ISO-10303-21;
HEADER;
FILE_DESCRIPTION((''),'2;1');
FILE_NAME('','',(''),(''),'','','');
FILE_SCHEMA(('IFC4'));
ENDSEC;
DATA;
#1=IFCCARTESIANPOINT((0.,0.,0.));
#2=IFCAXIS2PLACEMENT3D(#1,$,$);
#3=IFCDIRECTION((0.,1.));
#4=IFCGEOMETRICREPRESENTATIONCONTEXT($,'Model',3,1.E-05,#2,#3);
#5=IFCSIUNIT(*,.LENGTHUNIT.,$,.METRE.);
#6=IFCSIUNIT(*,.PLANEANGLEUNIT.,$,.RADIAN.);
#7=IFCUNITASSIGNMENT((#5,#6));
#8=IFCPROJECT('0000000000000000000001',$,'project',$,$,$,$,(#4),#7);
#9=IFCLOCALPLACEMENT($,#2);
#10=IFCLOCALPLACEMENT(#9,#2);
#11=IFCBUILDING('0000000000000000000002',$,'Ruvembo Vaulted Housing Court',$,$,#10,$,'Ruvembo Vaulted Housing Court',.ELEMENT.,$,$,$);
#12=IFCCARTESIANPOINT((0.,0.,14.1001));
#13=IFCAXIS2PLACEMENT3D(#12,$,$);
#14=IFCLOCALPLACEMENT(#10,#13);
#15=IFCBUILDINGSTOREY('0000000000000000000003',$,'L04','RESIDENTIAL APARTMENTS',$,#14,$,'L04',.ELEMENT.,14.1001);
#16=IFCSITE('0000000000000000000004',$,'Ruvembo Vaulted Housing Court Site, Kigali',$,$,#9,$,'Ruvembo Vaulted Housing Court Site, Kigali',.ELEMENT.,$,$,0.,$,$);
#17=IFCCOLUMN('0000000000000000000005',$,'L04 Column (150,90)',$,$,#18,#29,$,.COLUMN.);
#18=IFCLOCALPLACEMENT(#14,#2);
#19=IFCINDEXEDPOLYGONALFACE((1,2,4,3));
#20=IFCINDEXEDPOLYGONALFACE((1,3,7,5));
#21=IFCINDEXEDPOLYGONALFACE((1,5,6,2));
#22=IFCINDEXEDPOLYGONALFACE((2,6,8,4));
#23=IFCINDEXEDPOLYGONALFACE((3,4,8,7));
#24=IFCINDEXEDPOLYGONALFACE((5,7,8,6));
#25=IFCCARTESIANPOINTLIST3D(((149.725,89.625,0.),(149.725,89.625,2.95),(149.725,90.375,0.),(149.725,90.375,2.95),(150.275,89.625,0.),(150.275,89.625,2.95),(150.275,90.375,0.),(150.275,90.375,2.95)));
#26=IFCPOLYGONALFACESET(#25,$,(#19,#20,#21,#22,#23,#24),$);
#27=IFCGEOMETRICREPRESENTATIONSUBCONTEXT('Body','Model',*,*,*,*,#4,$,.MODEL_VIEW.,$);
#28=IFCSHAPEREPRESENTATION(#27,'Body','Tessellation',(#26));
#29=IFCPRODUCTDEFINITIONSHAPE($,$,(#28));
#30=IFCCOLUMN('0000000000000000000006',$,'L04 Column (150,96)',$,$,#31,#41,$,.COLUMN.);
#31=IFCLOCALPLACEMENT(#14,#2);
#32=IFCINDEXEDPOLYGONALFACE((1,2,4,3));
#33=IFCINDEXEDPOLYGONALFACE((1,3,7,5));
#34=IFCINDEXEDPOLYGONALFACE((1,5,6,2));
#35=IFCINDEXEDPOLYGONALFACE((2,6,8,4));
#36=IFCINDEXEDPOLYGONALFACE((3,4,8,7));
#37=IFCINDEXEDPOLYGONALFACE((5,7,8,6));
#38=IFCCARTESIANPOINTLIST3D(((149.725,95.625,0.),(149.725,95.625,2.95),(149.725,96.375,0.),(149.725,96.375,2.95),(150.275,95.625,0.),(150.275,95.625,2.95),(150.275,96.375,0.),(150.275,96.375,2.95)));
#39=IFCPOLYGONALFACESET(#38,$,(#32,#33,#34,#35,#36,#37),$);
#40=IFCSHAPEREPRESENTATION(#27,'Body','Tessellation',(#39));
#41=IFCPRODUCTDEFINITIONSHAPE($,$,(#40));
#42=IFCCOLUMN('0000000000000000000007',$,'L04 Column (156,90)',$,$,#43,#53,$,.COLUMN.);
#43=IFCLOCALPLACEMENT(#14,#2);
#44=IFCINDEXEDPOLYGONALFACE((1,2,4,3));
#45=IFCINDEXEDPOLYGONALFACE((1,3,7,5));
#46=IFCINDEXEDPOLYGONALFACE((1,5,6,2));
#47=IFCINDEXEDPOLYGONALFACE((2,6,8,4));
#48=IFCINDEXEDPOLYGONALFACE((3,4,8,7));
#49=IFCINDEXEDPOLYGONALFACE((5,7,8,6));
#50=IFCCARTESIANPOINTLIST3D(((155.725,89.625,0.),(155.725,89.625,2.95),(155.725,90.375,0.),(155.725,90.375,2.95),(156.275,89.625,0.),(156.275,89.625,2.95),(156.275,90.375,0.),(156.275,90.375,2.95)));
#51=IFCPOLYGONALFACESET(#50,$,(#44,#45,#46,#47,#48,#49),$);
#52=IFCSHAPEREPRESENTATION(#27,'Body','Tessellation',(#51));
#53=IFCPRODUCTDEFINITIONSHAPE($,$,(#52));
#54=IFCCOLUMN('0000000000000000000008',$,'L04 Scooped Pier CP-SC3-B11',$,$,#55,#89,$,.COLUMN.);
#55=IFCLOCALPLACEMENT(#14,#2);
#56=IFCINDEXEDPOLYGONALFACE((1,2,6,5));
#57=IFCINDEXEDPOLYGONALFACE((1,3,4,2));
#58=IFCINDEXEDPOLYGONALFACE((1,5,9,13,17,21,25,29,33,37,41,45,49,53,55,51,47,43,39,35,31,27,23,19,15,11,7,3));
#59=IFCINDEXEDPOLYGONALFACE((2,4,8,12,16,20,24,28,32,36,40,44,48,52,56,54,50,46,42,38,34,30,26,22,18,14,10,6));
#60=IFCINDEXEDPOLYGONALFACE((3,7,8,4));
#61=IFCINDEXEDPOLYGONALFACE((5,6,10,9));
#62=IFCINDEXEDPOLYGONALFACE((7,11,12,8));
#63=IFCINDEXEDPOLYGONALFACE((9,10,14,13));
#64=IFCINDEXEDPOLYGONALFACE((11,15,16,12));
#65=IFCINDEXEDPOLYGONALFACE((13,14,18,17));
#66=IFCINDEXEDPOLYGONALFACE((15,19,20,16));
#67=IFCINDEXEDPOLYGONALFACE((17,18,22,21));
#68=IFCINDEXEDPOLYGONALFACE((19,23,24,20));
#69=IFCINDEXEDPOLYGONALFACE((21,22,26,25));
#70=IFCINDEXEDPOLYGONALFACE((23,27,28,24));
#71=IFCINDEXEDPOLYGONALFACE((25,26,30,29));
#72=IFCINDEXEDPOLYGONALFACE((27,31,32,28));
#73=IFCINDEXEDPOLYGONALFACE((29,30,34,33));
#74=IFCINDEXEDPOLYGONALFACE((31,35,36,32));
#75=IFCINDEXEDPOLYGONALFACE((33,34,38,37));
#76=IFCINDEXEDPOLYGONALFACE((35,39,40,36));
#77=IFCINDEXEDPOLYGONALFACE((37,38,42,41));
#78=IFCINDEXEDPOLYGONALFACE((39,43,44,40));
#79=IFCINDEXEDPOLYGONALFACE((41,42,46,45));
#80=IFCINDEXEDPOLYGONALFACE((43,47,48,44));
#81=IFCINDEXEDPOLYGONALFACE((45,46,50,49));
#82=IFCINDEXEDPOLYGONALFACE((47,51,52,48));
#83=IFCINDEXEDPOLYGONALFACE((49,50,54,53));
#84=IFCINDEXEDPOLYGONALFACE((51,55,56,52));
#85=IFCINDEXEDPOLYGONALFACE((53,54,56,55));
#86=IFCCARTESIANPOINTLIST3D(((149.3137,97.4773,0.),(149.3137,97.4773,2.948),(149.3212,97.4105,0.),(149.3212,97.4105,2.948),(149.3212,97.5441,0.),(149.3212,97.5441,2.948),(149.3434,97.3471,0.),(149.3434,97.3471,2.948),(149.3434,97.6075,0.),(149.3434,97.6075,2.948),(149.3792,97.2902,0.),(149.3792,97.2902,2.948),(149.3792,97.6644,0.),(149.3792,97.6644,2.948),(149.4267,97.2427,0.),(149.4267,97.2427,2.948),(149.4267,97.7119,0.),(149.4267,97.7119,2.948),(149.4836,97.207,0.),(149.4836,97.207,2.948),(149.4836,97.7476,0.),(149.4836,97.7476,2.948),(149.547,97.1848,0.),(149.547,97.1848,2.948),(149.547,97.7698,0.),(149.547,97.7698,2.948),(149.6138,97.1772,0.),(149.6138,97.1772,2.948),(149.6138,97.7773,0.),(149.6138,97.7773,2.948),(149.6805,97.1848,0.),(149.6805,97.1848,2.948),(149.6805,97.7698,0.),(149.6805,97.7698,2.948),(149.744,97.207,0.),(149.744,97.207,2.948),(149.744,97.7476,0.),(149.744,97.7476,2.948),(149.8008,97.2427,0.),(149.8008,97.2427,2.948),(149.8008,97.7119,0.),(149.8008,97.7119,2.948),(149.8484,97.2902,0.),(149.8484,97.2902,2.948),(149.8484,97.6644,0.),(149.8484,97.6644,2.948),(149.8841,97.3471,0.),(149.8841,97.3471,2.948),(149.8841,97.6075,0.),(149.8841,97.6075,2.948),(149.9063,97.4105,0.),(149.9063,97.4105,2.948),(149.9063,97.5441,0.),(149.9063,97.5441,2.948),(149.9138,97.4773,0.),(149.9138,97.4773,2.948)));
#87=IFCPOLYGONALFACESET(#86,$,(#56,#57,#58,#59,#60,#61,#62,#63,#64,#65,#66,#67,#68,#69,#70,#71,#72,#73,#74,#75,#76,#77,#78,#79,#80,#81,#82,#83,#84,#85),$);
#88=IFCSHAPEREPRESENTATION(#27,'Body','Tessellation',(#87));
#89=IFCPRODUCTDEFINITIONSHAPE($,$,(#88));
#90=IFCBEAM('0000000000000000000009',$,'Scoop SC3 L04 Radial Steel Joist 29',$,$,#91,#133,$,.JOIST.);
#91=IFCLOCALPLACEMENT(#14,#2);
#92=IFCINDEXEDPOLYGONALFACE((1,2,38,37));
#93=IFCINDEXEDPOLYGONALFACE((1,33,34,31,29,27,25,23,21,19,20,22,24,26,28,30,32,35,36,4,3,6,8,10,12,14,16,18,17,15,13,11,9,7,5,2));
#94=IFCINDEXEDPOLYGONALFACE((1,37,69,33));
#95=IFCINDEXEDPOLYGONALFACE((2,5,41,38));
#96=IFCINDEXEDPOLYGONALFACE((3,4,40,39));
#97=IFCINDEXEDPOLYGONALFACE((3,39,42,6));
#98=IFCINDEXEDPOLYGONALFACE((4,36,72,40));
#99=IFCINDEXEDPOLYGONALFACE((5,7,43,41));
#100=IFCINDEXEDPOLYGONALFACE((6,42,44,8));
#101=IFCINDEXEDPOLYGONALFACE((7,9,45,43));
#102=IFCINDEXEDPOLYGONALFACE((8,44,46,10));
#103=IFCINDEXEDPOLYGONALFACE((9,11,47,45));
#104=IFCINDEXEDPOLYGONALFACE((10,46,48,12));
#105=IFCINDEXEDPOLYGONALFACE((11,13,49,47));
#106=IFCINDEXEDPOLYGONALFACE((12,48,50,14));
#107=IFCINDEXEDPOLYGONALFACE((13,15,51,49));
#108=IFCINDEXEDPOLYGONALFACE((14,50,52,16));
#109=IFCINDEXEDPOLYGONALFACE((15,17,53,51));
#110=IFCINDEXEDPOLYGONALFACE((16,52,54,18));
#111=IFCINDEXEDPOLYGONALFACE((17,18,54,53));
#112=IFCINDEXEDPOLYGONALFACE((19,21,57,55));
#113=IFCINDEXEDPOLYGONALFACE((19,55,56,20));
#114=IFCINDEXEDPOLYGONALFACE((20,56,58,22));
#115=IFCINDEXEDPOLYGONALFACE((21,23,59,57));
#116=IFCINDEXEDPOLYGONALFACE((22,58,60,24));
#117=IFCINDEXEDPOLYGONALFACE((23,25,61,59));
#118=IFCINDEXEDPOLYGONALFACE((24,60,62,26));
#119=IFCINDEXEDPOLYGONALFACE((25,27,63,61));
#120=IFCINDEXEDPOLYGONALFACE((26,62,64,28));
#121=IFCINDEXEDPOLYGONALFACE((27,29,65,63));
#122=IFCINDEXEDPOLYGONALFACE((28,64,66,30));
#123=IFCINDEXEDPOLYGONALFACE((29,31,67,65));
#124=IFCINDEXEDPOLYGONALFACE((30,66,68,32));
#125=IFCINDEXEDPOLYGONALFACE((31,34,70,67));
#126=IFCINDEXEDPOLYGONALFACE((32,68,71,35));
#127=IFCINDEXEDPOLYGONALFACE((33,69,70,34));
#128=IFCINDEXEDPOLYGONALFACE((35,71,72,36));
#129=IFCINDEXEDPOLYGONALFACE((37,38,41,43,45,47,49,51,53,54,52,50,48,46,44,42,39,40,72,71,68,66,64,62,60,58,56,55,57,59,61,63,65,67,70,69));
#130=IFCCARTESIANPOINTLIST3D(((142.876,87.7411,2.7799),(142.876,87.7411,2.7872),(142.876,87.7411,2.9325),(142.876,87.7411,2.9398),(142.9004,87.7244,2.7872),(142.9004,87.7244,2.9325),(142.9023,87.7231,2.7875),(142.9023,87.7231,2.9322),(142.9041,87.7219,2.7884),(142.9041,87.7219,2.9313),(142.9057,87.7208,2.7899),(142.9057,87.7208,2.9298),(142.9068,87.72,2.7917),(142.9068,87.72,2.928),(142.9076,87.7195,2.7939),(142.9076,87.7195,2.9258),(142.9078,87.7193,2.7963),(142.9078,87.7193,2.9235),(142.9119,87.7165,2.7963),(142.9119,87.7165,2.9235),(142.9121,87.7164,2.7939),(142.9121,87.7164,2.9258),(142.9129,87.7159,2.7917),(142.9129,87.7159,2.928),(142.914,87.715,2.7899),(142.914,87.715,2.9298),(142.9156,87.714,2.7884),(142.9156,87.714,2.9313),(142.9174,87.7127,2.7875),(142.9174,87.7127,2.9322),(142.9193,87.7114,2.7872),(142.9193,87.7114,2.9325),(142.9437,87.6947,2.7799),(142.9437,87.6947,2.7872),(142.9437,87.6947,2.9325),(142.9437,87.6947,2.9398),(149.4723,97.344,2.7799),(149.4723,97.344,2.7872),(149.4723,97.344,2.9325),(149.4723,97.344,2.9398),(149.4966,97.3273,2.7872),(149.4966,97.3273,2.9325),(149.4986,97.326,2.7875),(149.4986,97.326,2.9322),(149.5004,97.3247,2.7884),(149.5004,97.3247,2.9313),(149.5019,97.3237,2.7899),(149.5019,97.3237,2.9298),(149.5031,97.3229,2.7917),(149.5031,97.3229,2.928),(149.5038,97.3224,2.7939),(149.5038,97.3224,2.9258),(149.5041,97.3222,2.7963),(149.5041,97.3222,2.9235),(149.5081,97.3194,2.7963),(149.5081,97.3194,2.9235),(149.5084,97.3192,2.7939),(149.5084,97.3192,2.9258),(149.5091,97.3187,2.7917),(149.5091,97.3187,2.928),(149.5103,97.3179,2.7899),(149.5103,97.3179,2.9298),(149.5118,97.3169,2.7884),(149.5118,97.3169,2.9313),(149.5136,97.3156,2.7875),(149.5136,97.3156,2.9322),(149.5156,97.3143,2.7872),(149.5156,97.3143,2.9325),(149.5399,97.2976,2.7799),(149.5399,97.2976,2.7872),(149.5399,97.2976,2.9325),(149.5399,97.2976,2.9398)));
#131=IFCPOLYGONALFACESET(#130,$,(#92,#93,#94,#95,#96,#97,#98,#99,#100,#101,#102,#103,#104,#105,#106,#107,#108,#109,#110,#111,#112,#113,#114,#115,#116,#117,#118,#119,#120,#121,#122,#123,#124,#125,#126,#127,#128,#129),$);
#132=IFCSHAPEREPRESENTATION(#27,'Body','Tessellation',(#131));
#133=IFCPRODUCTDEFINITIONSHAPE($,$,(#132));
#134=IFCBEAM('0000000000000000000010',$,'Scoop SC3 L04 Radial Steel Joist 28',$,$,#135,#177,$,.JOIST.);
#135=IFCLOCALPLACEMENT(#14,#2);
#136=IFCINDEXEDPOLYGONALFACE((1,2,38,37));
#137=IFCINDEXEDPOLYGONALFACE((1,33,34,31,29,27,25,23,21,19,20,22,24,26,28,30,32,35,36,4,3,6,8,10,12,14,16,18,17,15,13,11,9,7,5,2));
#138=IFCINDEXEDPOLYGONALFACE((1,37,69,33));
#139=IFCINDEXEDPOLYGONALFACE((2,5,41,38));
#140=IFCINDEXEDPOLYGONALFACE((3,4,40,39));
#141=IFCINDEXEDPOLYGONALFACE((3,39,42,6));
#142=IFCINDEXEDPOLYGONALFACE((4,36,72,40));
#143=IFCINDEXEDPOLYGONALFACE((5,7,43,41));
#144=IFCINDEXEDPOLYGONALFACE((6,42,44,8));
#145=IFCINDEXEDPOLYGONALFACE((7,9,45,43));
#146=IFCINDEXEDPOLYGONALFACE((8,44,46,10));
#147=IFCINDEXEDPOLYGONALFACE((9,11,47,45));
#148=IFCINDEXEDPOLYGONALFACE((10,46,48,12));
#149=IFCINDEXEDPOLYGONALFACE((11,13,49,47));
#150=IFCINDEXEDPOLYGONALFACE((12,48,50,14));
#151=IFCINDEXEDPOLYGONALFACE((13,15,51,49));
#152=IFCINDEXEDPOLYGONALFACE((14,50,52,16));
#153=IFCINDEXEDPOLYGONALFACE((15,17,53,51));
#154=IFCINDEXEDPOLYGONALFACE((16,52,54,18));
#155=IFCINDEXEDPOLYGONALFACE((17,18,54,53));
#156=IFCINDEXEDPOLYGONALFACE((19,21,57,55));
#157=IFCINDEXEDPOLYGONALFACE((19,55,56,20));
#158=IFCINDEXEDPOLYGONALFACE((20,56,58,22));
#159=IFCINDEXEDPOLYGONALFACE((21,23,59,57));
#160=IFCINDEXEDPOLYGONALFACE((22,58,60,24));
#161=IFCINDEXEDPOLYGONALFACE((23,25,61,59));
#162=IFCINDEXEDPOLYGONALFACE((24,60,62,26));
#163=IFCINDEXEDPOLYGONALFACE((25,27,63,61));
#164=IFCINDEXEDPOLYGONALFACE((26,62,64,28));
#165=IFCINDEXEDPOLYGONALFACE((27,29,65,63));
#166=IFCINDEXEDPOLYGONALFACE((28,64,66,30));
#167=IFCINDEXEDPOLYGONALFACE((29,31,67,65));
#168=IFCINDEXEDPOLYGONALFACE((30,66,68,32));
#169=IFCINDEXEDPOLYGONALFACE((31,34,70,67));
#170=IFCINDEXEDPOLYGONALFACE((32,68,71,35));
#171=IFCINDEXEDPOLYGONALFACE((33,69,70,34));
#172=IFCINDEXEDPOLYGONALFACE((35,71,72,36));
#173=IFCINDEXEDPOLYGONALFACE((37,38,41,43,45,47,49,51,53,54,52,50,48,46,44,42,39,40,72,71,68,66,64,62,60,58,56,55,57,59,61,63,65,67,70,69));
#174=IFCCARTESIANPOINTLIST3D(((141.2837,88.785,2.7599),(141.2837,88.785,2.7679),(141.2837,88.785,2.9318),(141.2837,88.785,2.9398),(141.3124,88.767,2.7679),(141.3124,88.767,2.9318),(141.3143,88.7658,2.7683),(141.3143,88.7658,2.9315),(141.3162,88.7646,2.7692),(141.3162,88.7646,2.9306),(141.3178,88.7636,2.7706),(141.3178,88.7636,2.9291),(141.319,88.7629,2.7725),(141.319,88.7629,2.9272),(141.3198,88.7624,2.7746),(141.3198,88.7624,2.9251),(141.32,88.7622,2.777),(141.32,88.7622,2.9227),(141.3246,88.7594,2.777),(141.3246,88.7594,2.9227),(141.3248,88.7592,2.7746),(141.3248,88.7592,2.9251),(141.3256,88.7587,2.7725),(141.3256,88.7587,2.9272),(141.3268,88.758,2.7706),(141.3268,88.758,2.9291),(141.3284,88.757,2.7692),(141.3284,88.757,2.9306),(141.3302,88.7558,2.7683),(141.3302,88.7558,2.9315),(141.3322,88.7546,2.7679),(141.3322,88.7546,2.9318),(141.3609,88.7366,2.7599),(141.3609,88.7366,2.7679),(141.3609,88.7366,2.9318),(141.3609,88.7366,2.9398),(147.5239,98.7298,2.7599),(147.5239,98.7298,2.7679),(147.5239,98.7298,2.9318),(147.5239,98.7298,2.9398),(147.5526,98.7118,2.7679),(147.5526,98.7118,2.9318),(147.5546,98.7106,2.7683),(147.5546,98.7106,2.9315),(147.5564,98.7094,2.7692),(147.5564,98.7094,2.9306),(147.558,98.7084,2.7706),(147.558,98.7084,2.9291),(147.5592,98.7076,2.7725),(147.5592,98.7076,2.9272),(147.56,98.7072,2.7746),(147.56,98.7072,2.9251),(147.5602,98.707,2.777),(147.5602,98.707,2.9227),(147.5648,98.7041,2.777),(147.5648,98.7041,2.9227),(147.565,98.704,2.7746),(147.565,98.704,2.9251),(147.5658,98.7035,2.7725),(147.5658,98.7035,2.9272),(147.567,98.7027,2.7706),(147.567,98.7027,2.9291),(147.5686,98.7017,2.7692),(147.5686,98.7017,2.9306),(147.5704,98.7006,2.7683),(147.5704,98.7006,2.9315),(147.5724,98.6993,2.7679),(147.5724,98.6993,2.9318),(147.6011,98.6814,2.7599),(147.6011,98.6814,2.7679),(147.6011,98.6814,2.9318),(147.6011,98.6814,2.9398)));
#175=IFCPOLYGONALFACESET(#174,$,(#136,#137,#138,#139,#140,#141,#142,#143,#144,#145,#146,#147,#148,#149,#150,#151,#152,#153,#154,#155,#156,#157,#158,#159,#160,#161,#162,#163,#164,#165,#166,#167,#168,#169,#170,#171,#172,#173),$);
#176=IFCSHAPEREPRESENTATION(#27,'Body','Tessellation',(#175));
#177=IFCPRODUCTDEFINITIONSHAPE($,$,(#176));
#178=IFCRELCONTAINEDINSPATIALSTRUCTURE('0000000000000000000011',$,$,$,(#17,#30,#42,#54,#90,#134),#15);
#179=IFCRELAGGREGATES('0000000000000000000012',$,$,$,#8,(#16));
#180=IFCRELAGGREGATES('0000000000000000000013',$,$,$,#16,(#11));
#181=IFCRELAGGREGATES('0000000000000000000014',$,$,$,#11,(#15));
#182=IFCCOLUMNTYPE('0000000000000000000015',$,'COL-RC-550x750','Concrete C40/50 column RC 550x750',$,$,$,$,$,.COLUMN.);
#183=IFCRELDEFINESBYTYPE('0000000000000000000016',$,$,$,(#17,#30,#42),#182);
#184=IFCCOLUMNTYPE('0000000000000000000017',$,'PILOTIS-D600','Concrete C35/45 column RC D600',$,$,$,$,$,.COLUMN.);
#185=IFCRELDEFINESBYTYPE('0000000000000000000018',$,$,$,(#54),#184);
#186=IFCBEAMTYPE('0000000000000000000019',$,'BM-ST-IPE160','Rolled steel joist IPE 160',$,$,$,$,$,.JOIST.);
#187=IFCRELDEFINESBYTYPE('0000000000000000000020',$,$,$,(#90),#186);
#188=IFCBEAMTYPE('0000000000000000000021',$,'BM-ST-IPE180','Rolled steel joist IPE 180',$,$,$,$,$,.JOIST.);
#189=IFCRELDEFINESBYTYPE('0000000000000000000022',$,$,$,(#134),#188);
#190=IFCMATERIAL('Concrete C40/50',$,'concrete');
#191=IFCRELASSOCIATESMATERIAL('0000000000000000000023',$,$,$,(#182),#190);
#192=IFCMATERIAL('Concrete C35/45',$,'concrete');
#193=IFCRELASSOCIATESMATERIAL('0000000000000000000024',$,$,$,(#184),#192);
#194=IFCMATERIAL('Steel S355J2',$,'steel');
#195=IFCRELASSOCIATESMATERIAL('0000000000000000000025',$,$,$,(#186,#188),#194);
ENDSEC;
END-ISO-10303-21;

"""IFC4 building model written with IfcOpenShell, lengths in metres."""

from ifc_helpers import new_model, si_unit, direction, frame, origin, origin_2d, place, context, subcontext, project, spatial, rectangle, circle, i_section, extrude, material, material_profile, profile_set, type_object, element, save


model = new_model("IFC4")

# Units and contexts
model_context = context("Model", 3, precision=1e-05, world=origin(), true_north=direction((0.0, 1.0)))
body_context = subcontext(model_context, "Body", "Model", "MODEL_VIEW")
ifc_project = project(units=[si_unit("LENGTHUNIT", "METRE"), si_unit("PLANEANGLEUNIT", "RADIAN")], contexts=[model_context])

# Site, building, storey
site_placement = place(None, origin())
site = spatial("IfcSite", under=ifc_project, at=site_placement, Name="Ruvembo Vaulted Housing Court Site, Kigali", LongName="Ruvembo Vaulted Housing Court Site, Kigali", CompositionType="ELEMENT", RefElevation=0.0)
building_placement = place(site_placement, origin())
building = spatial("IfcBuilding", under=site, at=building_placement, Name="Ruvembo Vaulted Housing Court", LongName="Ruvembo Vaulted Housing Court", CompositionType="ELEMENT")
storey_placement = place(building_placement, frame((0.0, 0.0, 14.1001)))
storey = spatial("IfcBuildingStorey", under=building, at=storey_placement, Name="L04", Description="RESIDENTIAL APARTMENTS", LongName="L04", CompositionType="ELEMENT", Elevation=14.1001)

# Columns
ifc_material_1 = material(Name="Concrete C40/50", Category="concrete")
ifc_material_profile_1 = material_profile(ifc_material_1, rectangle(XDim=0.55, YDim=0.75, at=origin_2d()), Name="RC 550x750")
ifc_profile_set_1 = profile_set([ifc_material_profile_1], Name="Concrete C40/50")
column_type_1 = type_object("IfcColumnType", Name="COL-RC-550x750", Description="Concrete C40/50 column RC 550x750", PredefinedType="COLUMN", material=ifc_profile_set_1)
for number, where, z_axis, x_axis, name in (
    (1, (150.0, 90.0, 0.0), (0.0, 0.0, 1.0), (1.0, 0.0, 0.0), "L04 Column (150,90)"),
    (2, (150.0, 96.0, 0.0), (0.0, 0.0, 1.0), (1.0, 0.0, 0.0), "L04 Column (150,96)"),
    (3, (156.0, 90.0, 0.0), (0.0, 0.0, 1.0), (1.0, 0.0, 0.0), "L04 Column (156,90)"),
):
    element("IfcColumn", number, at=place(storey_placement, frame(where, z_axis=z_axis, x_axis=x_axis)), inside=storey, type_object=column_type_1, Name=name, PredefinedType="COLUMN", context=body_context, shape_type="SweptSolid", body=[
        extrude(rectangle(XDim=0.55, YDim=0.75, at=origin_2d()), origin(), (0.0, 0.0, 1.0), 2.95),
    ])
ifc_material_2 = material(Name="Concrete C35/45", Category="concrete")
ifc_material_profile_2 = material_profile(ifc_material_2, circle(Radius=0.3, at=origin_2d()), Name="RC D600")
ifc_profile_set_2 = profile_set([ifc_material_profile_2], Name="Concrete C35/45")
column_type_2 = type_object("IfcColumnType", Name="PILOTIS-D600", Description="Concrete C35/45 column RC D600", PredefinedType="COLUMN", material=ifc_profile_set_2)
column_placement = place(storey_placement, frame((149.6138, 97.4773, 0.0), z_axis=(0.0, 0.0, 1.0), x_axis=(1.0, 0.0, 0.0)))
element("IfcColumn", 4, at=column_placement, inside=storey, type_object=column_type_2, Name="L04 Scooped Pier CP-SC3-B11", PredefinedType="COLUMN", context=body_context, shape_type="SweptSolid", body=[
    extrude(circle(Radius=0.3, at=origin_2d()), origin(), (0.0, 0.0, 1.0), 2.948),
])

# Beams
ifc_material_3 = material(Name="Steel S355J2", Category="steel")
ifc_material_profile_3 = material_profile(ifc_material_3, i_section(OverallWidth=0.082, OverallDepth=0.1599, WebThickness=0.0049, FlangeThickness=0.0073, FilletRadius=0.009, at=origin_2d()), Name="IPE 160")
ifc_profile_set_3 = profile_set([ifc_material_profile_3], Name="Steel S355J2")
beam_type_1 = type_object("IfcBeamType", Name="BM-ST-IPE160", Description="Rolled steel joist IPE 160", PredefinedType="JOIST", material=ifc_profile_set_3)
beam_1_placement = place(storey_placement, frame((149.5061, 97.3208, 2.8599), z_axis=(-0.566195, -0.824271, 0.0), x_axis=(0.824271, -0.566195, 0.0)))
element("IfcBeam", 5, at=beam_1_placement, inside=storey, type_object=beam_type_1, Name="Scoop SC3 L04 Radial Steel Joist 29", PredefinedType="JOIST", context=body_context, shape_type="SweptSolid", body=[
    extrude(i_section(OverallWidth=0.082, OverallDepth=0.1599, WebThickness=0.0049, FlangeThickness=0.0073, FilletRadius=0.009, at=origin_2d()), origin(), (0.0, 0.0, 1.0), 11.6501),
])
ifc_material_profile_4 = material_profile(ifc_material_3, i_section(OverallWidth=0.0911, OverallDepth=0.1799, WebThickness=0.0054, FlangeThickness=0.0081, FilletRadius=0.009, at=origin_2d()), Name="IPE 180")
ifc_profile_set_4 = profile_set([ifc_material_profile_4], Name="Steel S355J2")
beam_type_2 = type_object("IfcBeamType", Name="BM-ST-IPE180", Description="Rolled steel joist IPE 180", PredefinedType="JOIST", material=ifc_profile_set_4)
beam_2_placement = place(storey_placement, frame((147.5625, 98.7056, 2.8499), z_axis=(-0.531512, -0.847051, 0.0), x_axis=(0.847051, -0.531512, 0.0)))
element("IfcBeam", 6, at=beam_2_placement, inside=storey, type_object=beam_type_2, Name="Scoop SC3 L04 Radial Steel Joist 28", PredefinedType="JOIST", context=body_context, shape_type="SweptSolid", body=[
    extrude(i_section(OverallWidth=0.0911, OverallDepth=0.1799, WebThickness=0.0054, FlangeThickness=0.0081, FilletRadius=0.009, at=origin_2d()), origin(), (0.0, 0.0, 1.0), 11.7405),
])

save(model, "model.ifc")
